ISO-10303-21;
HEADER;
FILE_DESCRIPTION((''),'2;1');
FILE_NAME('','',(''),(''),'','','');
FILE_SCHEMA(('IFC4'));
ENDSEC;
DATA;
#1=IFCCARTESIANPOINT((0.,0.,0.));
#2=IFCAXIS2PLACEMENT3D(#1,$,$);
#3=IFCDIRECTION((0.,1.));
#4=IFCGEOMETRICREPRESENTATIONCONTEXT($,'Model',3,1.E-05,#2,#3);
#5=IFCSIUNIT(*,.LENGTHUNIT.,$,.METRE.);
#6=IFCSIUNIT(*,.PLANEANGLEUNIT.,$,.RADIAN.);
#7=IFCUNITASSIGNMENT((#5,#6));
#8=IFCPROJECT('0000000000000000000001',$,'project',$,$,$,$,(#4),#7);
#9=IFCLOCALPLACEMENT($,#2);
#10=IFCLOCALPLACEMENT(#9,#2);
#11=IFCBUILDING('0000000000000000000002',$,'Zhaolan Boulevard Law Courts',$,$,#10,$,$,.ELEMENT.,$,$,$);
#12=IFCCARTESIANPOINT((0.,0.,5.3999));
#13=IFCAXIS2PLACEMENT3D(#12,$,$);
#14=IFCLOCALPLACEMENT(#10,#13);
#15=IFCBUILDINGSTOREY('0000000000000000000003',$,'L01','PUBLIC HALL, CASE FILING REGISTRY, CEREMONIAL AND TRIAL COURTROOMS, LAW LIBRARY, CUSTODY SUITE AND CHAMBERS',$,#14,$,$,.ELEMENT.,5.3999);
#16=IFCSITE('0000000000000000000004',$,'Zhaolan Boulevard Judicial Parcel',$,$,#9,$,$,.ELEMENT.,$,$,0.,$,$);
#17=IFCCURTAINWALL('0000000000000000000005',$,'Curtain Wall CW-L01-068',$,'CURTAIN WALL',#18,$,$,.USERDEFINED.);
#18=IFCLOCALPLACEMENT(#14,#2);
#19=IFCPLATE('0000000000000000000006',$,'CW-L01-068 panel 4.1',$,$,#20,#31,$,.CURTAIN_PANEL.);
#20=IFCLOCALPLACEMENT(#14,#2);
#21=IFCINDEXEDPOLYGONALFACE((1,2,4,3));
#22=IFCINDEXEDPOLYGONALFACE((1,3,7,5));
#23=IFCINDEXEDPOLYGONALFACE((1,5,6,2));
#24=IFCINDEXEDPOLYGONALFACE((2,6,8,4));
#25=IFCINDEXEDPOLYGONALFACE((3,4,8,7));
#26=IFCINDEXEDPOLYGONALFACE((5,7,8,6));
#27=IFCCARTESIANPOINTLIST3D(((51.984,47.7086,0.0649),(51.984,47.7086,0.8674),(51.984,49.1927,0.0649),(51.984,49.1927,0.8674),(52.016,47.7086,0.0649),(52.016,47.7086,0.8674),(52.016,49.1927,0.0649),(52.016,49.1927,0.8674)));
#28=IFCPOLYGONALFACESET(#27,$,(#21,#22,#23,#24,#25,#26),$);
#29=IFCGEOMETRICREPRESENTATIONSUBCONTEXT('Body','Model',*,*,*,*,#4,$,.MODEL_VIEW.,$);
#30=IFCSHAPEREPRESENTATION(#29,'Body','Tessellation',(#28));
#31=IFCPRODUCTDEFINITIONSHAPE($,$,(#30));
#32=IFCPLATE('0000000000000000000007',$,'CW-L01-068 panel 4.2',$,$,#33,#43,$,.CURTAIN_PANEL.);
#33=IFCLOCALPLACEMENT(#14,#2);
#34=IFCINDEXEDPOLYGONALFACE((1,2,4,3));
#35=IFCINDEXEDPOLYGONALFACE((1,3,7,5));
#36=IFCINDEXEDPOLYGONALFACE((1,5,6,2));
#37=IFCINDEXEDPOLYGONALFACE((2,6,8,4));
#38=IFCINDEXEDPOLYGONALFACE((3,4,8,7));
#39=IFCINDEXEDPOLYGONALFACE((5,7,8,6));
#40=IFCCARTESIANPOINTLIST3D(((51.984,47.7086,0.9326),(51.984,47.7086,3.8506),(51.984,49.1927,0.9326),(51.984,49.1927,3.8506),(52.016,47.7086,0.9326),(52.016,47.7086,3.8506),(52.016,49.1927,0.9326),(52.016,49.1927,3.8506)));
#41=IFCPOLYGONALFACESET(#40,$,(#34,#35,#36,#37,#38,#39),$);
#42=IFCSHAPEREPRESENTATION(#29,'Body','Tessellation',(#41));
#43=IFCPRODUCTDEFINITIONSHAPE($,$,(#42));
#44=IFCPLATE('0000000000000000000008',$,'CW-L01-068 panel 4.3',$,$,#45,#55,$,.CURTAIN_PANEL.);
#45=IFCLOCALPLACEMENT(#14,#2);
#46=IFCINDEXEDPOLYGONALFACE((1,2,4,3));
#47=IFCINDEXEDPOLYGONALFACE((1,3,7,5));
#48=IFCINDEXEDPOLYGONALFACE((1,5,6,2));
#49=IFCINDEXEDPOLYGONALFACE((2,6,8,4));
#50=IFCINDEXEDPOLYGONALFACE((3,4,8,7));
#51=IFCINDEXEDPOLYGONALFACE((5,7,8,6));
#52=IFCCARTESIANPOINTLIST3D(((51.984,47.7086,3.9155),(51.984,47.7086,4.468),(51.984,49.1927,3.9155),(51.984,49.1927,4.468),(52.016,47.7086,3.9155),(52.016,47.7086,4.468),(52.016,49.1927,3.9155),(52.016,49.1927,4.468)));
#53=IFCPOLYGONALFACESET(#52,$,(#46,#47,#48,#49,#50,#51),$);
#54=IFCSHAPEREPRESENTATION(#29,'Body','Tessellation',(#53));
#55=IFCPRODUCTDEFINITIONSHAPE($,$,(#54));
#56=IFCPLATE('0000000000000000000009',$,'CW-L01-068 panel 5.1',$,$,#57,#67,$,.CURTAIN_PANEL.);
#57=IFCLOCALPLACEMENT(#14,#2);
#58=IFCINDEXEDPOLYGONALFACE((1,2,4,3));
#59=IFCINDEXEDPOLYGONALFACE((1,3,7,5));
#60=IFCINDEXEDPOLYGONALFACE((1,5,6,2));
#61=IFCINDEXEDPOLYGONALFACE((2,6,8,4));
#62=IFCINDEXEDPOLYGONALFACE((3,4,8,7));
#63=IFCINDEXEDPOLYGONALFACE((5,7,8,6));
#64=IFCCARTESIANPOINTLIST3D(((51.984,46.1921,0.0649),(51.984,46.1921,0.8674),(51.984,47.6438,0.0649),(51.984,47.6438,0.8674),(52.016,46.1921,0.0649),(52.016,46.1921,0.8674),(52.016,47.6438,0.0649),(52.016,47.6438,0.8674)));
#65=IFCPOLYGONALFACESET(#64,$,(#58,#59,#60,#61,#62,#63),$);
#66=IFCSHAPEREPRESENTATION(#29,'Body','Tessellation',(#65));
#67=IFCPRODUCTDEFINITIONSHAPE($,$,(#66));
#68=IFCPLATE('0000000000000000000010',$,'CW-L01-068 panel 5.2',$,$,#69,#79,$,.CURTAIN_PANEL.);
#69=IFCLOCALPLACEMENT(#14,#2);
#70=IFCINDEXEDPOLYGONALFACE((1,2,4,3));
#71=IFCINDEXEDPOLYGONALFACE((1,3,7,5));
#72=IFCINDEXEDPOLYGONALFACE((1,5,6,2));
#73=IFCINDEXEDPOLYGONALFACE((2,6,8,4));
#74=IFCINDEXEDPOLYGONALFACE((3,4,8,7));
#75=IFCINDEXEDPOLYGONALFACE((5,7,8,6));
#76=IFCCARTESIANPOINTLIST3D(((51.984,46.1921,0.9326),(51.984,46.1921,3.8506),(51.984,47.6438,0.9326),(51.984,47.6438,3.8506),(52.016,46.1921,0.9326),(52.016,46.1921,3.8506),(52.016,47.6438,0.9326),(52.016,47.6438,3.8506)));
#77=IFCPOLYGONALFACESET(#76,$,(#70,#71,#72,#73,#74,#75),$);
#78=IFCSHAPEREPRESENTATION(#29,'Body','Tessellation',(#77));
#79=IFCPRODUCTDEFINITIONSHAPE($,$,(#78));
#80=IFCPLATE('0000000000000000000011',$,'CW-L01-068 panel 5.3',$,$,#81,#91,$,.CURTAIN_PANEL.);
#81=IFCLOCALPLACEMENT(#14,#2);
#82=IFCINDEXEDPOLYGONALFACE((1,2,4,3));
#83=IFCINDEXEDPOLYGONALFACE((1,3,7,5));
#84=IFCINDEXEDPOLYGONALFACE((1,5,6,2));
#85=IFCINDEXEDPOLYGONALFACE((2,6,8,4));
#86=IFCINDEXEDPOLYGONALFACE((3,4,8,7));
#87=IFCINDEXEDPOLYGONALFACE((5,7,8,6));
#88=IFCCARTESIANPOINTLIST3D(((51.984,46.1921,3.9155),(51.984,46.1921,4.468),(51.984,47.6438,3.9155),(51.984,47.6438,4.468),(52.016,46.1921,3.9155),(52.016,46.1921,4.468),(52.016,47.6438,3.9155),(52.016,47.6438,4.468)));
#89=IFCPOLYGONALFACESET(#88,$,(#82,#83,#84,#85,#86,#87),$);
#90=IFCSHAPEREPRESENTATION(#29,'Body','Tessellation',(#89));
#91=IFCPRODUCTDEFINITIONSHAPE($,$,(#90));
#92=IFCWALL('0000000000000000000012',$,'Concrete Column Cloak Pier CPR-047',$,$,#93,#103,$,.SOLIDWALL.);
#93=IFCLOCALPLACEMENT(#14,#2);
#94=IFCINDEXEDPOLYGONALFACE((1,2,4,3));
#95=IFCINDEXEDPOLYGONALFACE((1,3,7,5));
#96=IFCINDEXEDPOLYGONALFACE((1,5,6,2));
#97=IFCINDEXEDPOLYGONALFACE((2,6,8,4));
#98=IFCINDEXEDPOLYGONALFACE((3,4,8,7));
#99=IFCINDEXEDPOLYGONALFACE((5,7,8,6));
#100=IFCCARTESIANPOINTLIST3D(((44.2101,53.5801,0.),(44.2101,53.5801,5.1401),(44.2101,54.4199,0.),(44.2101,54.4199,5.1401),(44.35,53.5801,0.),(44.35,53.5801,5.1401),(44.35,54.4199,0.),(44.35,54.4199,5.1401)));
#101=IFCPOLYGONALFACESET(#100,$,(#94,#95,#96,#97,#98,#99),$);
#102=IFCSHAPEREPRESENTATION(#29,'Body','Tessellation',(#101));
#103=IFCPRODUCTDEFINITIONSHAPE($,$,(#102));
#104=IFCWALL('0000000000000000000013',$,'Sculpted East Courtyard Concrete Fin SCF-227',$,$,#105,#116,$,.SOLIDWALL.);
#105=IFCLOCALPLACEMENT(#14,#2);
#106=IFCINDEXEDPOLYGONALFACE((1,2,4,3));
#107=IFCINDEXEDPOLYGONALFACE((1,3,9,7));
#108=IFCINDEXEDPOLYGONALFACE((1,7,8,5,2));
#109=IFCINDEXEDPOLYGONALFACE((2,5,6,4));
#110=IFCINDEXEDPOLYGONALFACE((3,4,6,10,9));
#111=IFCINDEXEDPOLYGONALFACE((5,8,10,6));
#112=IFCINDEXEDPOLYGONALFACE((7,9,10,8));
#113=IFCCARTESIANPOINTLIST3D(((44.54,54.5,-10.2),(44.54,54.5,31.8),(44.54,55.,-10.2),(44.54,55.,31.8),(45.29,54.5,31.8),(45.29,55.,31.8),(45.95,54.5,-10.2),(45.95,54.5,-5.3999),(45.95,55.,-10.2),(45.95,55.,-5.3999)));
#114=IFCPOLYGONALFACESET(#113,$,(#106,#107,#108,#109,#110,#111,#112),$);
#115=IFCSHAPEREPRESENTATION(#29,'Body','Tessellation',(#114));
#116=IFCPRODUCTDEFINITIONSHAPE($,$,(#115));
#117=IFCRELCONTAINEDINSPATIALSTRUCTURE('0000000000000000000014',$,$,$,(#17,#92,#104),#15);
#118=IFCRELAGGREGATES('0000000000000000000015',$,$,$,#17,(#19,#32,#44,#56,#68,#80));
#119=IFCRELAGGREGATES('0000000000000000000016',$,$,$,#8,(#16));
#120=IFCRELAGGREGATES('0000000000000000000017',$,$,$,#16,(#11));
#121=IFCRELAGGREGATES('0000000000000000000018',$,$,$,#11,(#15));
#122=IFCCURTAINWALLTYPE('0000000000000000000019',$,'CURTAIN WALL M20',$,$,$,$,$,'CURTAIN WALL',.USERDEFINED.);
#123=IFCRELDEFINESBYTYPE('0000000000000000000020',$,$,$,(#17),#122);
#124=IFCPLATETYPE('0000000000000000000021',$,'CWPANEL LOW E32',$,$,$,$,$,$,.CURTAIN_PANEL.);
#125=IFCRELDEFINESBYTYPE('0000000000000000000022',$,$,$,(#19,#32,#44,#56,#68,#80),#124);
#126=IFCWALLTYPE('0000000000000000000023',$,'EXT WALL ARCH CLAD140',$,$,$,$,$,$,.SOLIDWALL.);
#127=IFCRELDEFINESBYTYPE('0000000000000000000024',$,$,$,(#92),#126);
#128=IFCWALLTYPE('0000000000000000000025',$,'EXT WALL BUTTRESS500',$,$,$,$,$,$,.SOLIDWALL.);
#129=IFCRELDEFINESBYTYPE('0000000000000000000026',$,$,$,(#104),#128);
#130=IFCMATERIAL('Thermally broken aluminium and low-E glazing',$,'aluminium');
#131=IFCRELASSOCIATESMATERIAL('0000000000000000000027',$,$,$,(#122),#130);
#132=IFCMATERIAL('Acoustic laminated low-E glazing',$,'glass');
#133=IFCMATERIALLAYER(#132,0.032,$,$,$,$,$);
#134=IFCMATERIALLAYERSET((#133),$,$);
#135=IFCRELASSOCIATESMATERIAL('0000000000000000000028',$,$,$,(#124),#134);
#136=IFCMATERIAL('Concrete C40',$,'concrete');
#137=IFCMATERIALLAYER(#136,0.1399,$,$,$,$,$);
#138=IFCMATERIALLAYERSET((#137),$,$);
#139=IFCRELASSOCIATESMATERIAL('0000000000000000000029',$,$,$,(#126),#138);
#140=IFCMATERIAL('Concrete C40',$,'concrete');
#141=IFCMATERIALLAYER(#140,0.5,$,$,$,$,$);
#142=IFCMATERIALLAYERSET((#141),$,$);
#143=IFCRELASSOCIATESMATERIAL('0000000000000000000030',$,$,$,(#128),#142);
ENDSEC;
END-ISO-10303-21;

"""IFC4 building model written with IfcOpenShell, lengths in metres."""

from ifc_helpers import new_model, si_unit, direction, frame, frame_2d, origin, origin_2d, place, context, subcontext, project, spatial, polyline, rectangle, outline, extrude, material, layer, layer_set, type_object, element, aggregate, save


model = new_model("IFC4")

# Units and contexts
model_context = context("Model", 3, precision=1e-05, world=origin(), true_north=direction((0.0, 1.0)))
body_context = subcontext(model_context, "Body", "Model", "MODEL_VIEW")
ifc_project = project(units=[si_unit("LENGTHUNIT", "METRE"), si_unit("PLANEANGLEUNIT", "RADIAN")], contexts=[model_context])

# Site, building, storey
site_placement = place(None, origin())
site = spatial("IfcSite", under=ifc_project, at=site_placement, Name="Zhaolan Boulevard Judicial Parcel", CompositionType="ELEMENT", RefElevation=0.0)
building_placement = place(site_placement, origin())
building = spatial("IfcBuilding", under=site, at=building_placement, Name="Zhaolan Boulevard Law Courts", CompositionType="ELEMENT")
storey_placement = place(building_placement, frame((0.0, 0.0, 5.3999)))
storey = spatial("IfcBuildingStorey", under=building, at=storey_placement, Name="L01", Description="PUBLIC HALL, CASE FILING REGISTRY, CEREMONIAL AND TRIAL COURTROOMS, LAW LIBRARY, CUSTODY SUITE AND CHAMBERS", CompositionType="ELEMENT", Elevation=5.3999)

# Curtain wall
ifc_material_1 = material(Name="Thermally broken aluminium and low-E glazing", Category="aluminium")
curtain_wall_type_1 = type_object("IfcCurtainWallType", Name="CURTAIN WALL M20", ElementType="CURTAIN WALL", PredefinedType="USERDEFINED", material=ifc_material_1)
curtain_wall_1_placement = place(storey_placement, origin())
curtain_wall_1 = element("IfcCurtainWall", 1, at=curtain_wall_1_placement, inside=storey, type_object=curtain_wall_type_1, Name="Curtain Wall CW-L01-068", ObjectType="CURTAIN WALL", PredefinedType="USERDEFINED")

# Plates
ifc_material_2 = material(Name="Acoustic laminated low-E glazing", Category="glass")
ifc_layer_1 = layer(ifc_material_2, 0.032)
ifc_layer_set_1 = layer_set([ifc_layer_1])
plate_type = type_object("IfcPlateType", Name="CWPANEL LOW E32", PredefinedType="CURTAIN_PANEL", material=ifc_layer_set_1)
plate_1_placement = place(storey_placement, frame((52.0, 48.4507, 0.0649), z_axis=(0.0, 0.0, 1.0), x_axis=(0.0, -1.0, 0.0)))
plate_1 = element("IfcPlate", 2, at=plate_1_placement, type_object=plate_type, Name="CW-L01-068 panel 4.1", PredefinedType="CURTAIN_PANEL", context=body_context, shape_type="SweptSolid", body=[
    extrude(rectangle(XDim=1.4841, YDim=0.032, at=origin_2d()), origin(), (0.0, 0.0, 1.0), 0.8025),
])
plate_2_placement = place(storey_placement, frame((52.0, 48.4507, 0.9326), z_axis=(0.0, 0.0, 1.0), x_axis=(0.0, -1.0, 0.0)))
plate_2 = element("IfcPlate", 3, at=plate_2_placement, type_object=plate_type, Name="CW-L01-068 panel 4.2", PredefinedType="CURTAIN_PANEL", context=body_context, shape_type="SweptSolid", body=[
    extrude(rectangle(XDim=1.4841, YDim=0.032, at=origin_2d()), origin(), (0.0, 0.0, 1.0), 2.918),
])
plate_3_placement = place(storey_placement, frame((52.0, 48.4507, 3.9155), z_axis=(0.0, 0.0, 1.0), x_axis=(0.0, -1.0, 0.0)))
plate_3 = element("IfcPlate", 4, at=plate_3_placement, type_object=plate_type, Name="CW-L01-068 panel 4.3", PredefinedType="CURTAIN_PANEL", context=body_context, shape_type="SweptSolid", body=[
    extrude(rectangle(XDim=1.4841, YDim=0.032, at=origin_2d()), origin(), (0.0, 0.0, 1.0), 0.5525),
])
plate_4_placement = place(storey_placement, frame((52.0, 46.918, 0.0649), z_axis=(0.0, 0.0, 1.0), x_axis=(0.0, -1.0, 0.0)))
plate_4 = element("IfcPlate", 5, at=plate_4_placement, type_object=plate_type, Name="CW-L01-068 panel 5.1", PredefinedType="CURTAIN_PANEL", context=body_context, shape_type="SweptSolid", body=[
    extrude(rectangle(XDim=1.4517, YDim=0.032, at=origin_2d()), origin(), (0.0, 0.0, 1.0), 0.8025),
])
plate_5_placement = place(storey_placement, frame((52.0, 46.918, 0.9326), z_axis=(0.0, 0.0, 1.0), x_axis=(0.0, -1.0, 0.0)))
plate_5 = element("IfcPlate", 6, at=plate_5_placement, type_object=plate_type, Name="CW-L01-068 panel 5.2", PredefinedType="CURTAIN_PANEL", context=body_context, shape_type="SweptSolid", body=[
    extrude(rectangle(XDim=1.4517, YDim=0.032, at=origin_2d()), origin(), (0.0, 0.0, 1.0), 2.918),
])
plate_6_placement = place(storey_placement, frame((52.0, 46.918, 3.9155), z_axis=(0.0, 0.0, 1.0), x_axis=(0.0, -1.0, 0.0)))
plate_6 = element("IfcPlate", 7, at=plate_6_placement, type_object=plate_type, Name="CW-L01-068 panel 5.3", PredefinedType="CURTAIN_PANEL", context=body_context, shape_type="SweptSolid", body=[
    extrude(rectangle(XDim=1.4517, YDim=0.032, at=origin_2d()), origin(), (0.0, 0.0, 1.0), 0.5525),
])
aggregate(curtain_wall_1, [plate_1, plate_2, plate_3, plate_4, plate_5, plate_6])

# Walls
ifc_material_3 = material(Name="Concrete C40", Category="concrete")
ifc_layer_2 = layer(ifc_material_3, 0.1399)
ifc_layer_set_2 = layer_set([ifc_layer_2])
wall_type_1 = type_object("IfcWallType", Name="EXT WALL ARCH CLAD140", PredefinedType="SOLIDWALL", material=ifc_layer_set_2)
wall_1_placement = place(storey_placement, frame((44.28, 53.5801, 0.0), z_axis=(0.0, 0.0, 1.0), x_axis=(0.0, 1.0, 0.0)))
element("IfcWall", 8, at=wall_1_placement, inside=storey, type_object=wall_type_1, Name="Concrete Column Cloak Pier CPR-047", PredefinedType="SOLIDWALL", context=body_context, shape_type="SweptSolid", body=[
    extrude(rectangle(XDim=0.8398, YDim=0.1399, at=frame_2d((0.4199, 0.0))), origin(), (0.0, 0.0, 1.0), 5.1401),
])
ifc_material_4 = material(Name="Concrete C40", Category="concrete")
ifc_layer_3 = layer(ifc_material_4, 0.5)
ifc_layer_set_3 = layer_set([ifc_layer_3])
wall_type_2 = type_object("IfcWallType", Name="EXT WALL BUTTRESS500", PredefinedType="SOLIDWALL", material=ifc_layer_set_3)
wall_2_placement = place(storey_placement, frame((44.54, 54.75, -10.2), z_axis=(0.0, 0.0, 1.0), x_axis=(1.0, 0.0, 0.0)))
element("IfcWall", 9, at=wall_2_placement, inside=storey, type_object=wall_type_2, Name="Sculpted East Courtyard Concrete Fin SCF-227", PredefinedType="SOLIDWALL", context=body_context, shape_type="SweptSolid", body=[
    extrude(outline(polyline([(0.0, 0.0), (1.4099, 0.0), (1.4099, 4.8), (0.75, 42.0), (0.0, 42.0), (0.0, 0.0)])), frame((0.0, 0.25, 0.0), z_axis=(0.0, -1.0, 0.0), x_axis=(1.0, 0.0, 0.0)), (0.0, 0.0, 1.0), 0.5),
])

save(model, "model.ifc")
